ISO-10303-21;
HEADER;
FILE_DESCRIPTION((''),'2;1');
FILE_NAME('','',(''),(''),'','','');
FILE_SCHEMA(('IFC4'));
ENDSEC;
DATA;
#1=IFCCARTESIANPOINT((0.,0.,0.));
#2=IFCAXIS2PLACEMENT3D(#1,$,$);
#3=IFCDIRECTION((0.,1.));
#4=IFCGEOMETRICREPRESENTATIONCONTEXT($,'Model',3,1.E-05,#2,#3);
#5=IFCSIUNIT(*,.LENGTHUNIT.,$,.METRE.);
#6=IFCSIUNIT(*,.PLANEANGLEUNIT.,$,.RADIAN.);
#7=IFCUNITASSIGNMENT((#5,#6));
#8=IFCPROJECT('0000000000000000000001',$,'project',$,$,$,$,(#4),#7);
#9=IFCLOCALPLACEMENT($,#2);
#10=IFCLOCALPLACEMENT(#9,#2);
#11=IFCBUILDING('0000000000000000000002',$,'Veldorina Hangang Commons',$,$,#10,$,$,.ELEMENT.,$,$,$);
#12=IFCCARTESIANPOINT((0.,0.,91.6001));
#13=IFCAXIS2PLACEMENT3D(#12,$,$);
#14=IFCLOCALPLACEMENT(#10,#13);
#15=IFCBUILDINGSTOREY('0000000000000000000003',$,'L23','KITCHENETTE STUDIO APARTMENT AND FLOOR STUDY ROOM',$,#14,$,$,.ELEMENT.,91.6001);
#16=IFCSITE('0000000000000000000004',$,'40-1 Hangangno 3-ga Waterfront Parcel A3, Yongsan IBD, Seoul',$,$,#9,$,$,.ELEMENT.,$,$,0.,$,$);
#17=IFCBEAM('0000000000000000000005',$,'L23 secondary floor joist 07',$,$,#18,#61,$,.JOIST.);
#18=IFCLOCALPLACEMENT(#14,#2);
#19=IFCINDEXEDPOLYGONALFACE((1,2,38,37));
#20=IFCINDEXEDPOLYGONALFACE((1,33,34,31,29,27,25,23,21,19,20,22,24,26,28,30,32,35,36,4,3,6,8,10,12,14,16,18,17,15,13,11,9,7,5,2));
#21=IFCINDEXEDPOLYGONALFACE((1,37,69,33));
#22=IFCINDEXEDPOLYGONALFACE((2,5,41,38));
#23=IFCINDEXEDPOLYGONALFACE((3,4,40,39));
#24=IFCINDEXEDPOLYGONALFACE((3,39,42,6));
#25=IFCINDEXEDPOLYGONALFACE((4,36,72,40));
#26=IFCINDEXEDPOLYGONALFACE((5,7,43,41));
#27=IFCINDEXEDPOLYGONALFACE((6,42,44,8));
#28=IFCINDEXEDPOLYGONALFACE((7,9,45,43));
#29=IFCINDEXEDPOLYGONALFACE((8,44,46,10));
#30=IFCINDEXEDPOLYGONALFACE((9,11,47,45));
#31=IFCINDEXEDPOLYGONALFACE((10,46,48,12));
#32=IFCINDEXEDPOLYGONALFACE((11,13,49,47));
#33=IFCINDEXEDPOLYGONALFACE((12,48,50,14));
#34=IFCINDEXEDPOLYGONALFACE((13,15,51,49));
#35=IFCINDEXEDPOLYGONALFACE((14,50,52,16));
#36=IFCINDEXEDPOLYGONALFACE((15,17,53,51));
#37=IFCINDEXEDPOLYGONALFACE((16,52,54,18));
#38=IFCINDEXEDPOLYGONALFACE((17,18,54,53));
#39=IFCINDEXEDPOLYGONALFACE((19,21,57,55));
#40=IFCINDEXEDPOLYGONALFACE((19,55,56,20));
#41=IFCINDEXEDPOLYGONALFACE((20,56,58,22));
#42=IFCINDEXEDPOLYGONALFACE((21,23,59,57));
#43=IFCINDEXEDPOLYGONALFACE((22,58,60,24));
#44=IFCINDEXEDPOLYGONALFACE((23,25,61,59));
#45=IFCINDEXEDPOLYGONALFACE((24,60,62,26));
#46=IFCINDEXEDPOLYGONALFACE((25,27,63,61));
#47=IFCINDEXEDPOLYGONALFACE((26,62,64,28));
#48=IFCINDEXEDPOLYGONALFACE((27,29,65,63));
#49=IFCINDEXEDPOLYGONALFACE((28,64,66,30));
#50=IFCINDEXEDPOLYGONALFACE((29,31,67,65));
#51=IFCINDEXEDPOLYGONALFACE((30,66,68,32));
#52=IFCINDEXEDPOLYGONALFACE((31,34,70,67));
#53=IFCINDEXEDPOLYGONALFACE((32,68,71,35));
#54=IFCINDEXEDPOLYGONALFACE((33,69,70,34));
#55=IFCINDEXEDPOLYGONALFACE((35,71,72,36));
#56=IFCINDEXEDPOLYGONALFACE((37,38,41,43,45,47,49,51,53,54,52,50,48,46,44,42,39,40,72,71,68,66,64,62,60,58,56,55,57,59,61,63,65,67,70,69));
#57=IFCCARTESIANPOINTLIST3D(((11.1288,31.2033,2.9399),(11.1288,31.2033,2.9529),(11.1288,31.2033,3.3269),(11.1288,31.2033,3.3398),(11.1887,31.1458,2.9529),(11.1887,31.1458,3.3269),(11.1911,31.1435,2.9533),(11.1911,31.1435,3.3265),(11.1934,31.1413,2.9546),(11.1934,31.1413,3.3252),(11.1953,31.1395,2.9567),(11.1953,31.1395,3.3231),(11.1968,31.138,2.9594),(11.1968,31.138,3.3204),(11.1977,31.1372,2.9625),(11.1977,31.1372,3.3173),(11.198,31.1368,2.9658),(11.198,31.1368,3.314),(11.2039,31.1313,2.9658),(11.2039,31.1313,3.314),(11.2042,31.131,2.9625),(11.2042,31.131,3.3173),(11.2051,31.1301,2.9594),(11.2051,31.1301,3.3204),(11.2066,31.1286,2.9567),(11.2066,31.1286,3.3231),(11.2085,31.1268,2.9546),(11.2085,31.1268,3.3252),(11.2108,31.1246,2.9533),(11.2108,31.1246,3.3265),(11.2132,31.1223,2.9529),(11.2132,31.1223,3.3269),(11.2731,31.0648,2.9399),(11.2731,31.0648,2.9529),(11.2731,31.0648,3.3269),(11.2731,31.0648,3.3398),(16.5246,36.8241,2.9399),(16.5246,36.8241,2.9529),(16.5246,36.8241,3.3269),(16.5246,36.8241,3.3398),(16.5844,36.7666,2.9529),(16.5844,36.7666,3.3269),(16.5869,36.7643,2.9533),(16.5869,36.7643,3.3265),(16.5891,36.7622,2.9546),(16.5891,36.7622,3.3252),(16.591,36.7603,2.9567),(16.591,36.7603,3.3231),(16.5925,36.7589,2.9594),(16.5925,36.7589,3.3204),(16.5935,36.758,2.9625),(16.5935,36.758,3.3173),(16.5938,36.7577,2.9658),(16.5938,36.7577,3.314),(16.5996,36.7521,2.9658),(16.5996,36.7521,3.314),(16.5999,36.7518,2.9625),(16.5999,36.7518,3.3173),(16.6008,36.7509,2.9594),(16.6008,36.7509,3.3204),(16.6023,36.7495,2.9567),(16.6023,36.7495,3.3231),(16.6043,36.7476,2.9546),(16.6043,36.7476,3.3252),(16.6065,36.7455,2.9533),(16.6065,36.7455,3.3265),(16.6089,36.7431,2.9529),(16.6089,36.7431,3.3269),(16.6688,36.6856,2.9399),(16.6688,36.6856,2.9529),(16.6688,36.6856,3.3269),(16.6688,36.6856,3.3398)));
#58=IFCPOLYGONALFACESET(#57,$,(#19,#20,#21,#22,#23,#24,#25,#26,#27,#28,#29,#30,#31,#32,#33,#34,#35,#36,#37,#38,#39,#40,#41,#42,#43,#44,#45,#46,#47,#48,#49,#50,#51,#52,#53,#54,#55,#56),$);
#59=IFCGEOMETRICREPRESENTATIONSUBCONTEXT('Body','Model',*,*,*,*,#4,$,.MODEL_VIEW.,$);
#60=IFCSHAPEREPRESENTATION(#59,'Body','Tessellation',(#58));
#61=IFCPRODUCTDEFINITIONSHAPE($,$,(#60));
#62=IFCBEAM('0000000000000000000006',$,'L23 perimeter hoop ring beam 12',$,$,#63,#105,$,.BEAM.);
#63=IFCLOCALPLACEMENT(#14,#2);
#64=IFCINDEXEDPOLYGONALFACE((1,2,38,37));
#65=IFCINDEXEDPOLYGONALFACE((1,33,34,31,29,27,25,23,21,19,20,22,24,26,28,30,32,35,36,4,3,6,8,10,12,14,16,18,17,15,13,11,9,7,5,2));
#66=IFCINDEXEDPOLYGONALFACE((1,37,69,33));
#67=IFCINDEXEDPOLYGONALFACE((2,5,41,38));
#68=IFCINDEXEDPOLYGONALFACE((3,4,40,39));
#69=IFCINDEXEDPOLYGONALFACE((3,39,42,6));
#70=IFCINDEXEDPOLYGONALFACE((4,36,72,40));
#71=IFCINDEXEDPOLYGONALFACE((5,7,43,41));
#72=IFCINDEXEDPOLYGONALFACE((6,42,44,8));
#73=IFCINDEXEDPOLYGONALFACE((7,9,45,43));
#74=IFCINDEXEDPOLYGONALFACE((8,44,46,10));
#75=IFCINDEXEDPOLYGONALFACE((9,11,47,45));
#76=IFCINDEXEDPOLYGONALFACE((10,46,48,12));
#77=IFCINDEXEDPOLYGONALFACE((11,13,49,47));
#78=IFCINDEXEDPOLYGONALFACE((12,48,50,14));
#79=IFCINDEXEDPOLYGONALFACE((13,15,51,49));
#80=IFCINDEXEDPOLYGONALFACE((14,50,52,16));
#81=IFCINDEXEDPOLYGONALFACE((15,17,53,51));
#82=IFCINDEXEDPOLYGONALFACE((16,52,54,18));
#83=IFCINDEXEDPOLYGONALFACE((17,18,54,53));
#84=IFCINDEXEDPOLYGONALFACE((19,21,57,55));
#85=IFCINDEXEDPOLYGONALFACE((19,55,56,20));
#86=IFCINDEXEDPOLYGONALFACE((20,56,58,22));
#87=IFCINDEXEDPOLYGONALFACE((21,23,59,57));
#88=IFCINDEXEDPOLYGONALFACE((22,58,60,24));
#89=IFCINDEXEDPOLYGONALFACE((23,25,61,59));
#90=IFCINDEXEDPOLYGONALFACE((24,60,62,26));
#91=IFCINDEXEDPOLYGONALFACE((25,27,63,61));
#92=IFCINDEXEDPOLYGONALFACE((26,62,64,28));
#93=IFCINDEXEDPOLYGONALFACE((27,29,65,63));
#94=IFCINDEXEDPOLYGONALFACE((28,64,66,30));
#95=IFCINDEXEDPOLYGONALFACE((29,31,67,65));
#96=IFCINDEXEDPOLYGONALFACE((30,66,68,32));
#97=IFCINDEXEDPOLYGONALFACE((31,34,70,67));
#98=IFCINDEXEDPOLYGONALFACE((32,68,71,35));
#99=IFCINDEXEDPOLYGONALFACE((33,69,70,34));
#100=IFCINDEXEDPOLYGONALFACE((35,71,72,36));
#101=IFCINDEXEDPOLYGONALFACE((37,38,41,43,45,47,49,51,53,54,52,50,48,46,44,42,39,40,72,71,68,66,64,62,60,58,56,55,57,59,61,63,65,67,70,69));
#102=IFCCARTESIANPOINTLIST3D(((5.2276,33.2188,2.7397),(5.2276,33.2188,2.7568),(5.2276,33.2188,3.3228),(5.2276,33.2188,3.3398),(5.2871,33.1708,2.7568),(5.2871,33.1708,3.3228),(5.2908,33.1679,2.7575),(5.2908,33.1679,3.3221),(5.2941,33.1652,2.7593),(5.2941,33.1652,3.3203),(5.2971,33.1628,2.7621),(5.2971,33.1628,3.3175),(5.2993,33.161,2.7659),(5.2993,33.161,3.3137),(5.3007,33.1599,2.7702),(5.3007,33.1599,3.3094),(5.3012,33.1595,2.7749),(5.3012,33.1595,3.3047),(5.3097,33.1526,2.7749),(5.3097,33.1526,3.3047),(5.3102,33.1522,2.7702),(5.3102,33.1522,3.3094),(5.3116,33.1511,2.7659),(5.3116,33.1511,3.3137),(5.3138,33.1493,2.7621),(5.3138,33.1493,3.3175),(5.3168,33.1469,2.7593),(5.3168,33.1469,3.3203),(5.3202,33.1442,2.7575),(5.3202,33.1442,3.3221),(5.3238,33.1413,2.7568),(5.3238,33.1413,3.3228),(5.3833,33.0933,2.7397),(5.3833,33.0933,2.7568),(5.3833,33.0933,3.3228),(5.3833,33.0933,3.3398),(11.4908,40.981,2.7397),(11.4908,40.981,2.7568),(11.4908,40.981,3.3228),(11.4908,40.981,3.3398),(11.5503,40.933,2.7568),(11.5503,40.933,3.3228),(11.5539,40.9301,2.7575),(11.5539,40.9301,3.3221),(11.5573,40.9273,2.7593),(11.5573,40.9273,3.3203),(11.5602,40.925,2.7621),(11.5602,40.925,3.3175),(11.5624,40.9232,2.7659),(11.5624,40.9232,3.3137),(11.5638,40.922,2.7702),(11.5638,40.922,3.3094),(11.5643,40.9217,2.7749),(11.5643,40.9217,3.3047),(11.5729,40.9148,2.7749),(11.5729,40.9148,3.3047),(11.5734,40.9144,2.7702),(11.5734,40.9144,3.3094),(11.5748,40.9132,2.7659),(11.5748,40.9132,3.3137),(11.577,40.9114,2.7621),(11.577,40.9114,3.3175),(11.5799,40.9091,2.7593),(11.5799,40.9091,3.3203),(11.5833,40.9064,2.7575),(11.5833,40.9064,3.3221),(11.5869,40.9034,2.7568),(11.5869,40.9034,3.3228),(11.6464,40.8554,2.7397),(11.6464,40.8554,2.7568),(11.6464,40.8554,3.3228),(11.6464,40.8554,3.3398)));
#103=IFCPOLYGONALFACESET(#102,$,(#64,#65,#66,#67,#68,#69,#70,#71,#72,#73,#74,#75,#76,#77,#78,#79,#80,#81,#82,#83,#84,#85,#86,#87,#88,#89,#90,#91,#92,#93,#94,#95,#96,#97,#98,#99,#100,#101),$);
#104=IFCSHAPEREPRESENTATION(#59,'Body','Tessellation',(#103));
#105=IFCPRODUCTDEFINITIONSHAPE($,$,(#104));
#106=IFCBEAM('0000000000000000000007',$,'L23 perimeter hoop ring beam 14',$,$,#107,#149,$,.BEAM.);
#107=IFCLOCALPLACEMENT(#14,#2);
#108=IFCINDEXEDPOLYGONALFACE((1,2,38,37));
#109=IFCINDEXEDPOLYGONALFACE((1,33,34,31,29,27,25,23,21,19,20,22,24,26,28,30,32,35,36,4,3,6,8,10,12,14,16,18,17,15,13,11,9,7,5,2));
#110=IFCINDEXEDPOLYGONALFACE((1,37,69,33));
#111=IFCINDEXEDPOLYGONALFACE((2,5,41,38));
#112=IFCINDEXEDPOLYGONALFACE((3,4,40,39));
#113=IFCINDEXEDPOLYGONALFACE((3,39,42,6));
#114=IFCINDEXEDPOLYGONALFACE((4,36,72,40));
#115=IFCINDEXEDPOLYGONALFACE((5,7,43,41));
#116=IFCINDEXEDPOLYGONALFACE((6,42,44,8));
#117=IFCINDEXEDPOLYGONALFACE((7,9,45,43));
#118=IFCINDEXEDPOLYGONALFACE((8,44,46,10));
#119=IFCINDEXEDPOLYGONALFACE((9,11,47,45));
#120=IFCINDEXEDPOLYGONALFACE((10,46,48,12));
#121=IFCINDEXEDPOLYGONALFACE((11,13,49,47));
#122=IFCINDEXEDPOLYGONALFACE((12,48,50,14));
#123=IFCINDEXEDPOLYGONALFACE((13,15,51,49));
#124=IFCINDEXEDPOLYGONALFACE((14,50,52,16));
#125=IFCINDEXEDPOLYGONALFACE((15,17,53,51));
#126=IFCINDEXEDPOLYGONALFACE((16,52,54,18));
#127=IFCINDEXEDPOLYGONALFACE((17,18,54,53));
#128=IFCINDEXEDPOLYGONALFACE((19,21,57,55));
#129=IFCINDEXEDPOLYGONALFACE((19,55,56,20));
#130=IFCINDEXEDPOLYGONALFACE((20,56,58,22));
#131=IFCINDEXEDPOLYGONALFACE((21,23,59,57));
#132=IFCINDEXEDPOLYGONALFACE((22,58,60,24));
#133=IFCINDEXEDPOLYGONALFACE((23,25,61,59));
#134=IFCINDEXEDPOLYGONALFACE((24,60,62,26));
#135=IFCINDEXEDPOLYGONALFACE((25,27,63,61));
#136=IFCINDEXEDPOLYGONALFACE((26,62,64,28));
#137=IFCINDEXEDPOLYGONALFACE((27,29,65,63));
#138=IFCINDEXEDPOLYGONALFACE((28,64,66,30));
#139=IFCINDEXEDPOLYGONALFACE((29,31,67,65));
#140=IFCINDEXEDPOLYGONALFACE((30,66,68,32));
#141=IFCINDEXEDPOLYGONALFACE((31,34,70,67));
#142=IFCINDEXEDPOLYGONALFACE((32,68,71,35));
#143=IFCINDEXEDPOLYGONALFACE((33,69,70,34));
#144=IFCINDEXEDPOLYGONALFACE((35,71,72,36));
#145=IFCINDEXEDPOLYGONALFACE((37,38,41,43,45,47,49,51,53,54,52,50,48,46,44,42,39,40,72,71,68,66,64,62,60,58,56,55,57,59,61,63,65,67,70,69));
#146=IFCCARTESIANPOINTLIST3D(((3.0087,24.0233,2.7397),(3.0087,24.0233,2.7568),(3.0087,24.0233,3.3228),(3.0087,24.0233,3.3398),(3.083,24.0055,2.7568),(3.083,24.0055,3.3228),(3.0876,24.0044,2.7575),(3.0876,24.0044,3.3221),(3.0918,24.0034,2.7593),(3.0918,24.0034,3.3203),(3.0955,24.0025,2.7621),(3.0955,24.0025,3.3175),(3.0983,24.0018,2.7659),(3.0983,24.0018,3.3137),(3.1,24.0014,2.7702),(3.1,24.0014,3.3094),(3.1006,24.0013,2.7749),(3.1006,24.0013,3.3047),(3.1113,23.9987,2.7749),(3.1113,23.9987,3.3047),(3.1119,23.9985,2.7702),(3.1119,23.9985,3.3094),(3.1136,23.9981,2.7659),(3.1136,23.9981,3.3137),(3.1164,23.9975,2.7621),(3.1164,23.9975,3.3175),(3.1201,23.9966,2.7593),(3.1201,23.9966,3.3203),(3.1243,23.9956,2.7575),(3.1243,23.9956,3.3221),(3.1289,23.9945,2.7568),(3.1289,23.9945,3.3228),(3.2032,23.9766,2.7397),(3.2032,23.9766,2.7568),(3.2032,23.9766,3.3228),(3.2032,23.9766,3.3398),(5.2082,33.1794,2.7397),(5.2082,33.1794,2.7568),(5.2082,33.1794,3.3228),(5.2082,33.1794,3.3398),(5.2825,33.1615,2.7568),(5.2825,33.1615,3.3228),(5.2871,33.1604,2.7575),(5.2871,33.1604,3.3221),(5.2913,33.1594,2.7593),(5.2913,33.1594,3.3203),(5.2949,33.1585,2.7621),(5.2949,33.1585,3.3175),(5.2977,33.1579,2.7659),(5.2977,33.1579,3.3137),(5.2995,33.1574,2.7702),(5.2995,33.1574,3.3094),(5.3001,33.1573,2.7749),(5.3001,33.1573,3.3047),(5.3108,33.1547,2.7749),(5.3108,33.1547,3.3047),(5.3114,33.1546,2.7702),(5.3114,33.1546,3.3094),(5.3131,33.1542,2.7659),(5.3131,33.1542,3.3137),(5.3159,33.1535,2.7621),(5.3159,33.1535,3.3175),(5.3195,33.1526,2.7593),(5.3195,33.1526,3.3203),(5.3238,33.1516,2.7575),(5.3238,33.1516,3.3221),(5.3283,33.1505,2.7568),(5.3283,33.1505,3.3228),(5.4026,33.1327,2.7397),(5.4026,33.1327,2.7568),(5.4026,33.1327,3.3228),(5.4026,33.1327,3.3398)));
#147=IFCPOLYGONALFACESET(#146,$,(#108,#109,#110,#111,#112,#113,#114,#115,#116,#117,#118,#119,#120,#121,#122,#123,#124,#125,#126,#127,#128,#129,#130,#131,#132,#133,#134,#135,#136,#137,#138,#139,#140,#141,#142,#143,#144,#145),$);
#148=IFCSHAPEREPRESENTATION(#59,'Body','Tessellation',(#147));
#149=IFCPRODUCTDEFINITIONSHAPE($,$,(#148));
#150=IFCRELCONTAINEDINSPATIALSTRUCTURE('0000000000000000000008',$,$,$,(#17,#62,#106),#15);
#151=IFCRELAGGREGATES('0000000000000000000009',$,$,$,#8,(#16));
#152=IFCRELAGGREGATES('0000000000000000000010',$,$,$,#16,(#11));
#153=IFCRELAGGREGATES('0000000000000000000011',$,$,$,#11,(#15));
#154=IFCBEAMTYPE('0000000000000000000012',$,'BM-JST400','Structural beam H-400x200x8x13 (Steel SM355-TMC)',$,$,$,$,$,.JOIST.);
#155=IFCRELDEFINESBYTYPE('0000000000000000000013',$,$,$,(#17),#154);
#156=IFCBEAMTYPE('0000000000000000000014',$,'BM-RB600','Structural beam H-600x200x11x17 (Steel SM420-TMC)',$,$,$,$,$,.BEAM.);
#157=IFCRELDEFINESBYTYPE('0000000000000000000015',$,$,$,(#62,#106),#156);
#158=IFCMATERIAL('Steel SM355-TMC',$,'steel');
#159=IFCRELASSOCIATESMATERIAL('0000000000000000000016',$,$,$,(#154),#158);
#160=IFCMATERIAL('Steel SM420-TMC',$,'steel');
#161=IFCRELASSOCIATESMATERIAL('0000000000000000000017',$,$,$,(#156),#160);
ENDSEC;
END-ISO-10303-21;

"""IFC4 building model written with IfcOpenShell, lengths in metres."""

from ifc_helpers import new_model, si_unit, direction, frame, origin, origin_2d, place, context, subcontext, project, spatial, i_section, extrude, material, material_profile, profile_set, type_object, element, save


model = new_model("IFC4")

# Units and contexts
model_context = context("Model", 3, precision=1e-05, world=origin(), true_north=direction((0.0, 1.0)))
body_context = subcontext(model_context, "Body", "Model", "MODEL_VIEW")
ifc_project = project(units=[si_unit("LENGTHUNIT", "METRE"), si_unit("PLANEANGLEUNIT", "RADIAN")], contexts=[model_context])

# Site, building, storey
site_placement = place(None, origin())
site = spatial("IfcSite", under=ifc_project, at=site_placement, Name="40-1 Hangangno 3-ga Waterfront Parcel A3, Yongsan IBD, Seoul", CompositionType="ELEMENT", RefElevation=0.0)
building_placement = place(site_placement, origin())
building = spatial("IfcBuilding", under=site, at=building_placement, Name="Veldorina Hangang Commons", CompositionType="ELEMENT")
storey_placement = place(building_placement, frame((0.0, 0.0, 91.6001)))
storey = spatial("IfcBuildingStorey", under=building, at=storey_placement, Name="L23", Description="KITCHENETTE STUDIO APARTMENT AND FLOOR STUDY ROOM", CompositionType="ELEMENT", Elevation=91.6001)

# Beams
ifc_material_1 = material(Name="Steel SM355-TMC", Category="steel")
ifc_material_profile_1 = material_profile(ifc_material_1, i_section(OverallWidth=0.2, OverallDepth=0.3999, WebThickness=0.0081, FlangeThickness=0.0129, FilletRadius=0.0129, at=origin_2d()), Name="H-400x200x8x13")
ifc_profile_set_1 = profile_set([ifc_material_profile_1], Name="Steel SM355-TMC")
beam_type_1 = type_object("IfcBeamType", Name="BM-JST400", Description="Structural beam H-400x200x8x13 (Steel SM355-TMC)", PredefinedType="JOIST", material=ifc_profile_set_1)
beam_1_placement = place(storey_placement, frame((16.5967, 36.7549, 3.1399), z_axis=(-0.692514, -0.721404, 0.0), x_axis=(0.721404, -0.692514, 0.0)))
element("IfcBeam", 1, at=beam_1_placement, inside=storey, type_object=beam_type_1, Name="L23 secondary floor joist 07", PredefinedType="JOIST", context=body_context, shape_type="SweptSolid", body=[
    extrude(i_section(OverallWidth=0.2, OverallDepth=0.3999, WebThickness=0.0081, FlangeThickness=0.0129, FilletRadius=0.0129, at=origin_2d()), origin(), (0.0, 0.0, 1.0), 7.7915),
])
ifc_material_2 = material(Name="Steel SM420-TMC", Category="steel")
ifc_material_profile_2 = material_profile(ifc_material_2, i_section(OverallWidth=0.2, OverallDepth=0.6001, WebThickness=0.011, FlangeThickness=0.0171, FilletRadius=0.0181, at=origin_2d()), Name="H-600x200x11x17")
ifc_profile_set_2 = profile_set([ifc_material_profile_2], Name="Steel SM420-TMC")
beam_type_2 = type_object("IfcBeamType", Name="BM-RB600", Description="Structural beam H-600x200x11x17 (Steel SM420-TMC)", PredefinedType="BEAM", material=ifc_profile_set_2)
beam_2_placement = place(storey_placement, frame((11.5686, 40.9182, 3.0398), z_axis=(-0.627955, -0.778249, 0.0), x_axis=(0.778249, -0.627955, 0.0)))
element("IfcBeam", 2, at=beam_2_placement, inside=storey, type_object=beam_type_2, Name="L23 perimeter hoop ring beam 12", PredefinedType="BEAM", context=body_context, shape_type="SweptSolid", body=[
    extrude(i_section(OverallWidth=0.2, OverallDepth=0.6001, WebThickness=0.011, FlangeThickness=0.0171, FilletRadius=0.0181, at=origin_2d()), origin(), (0.0, 0.0, 1.0), 9.9739),
])
beam_3_placement = place(storey_placement, frame((5.3054, 33.156, 3.0398), z_axis=(-0.233576, -0.972339, 0.0), x_axis=(0.972339, -0.233576, 0.0)))
element("IfcBeam", 3, at=beam_3_placement, inside=storey, type_object=beam_type_2, Name="L23 perimeter hoop ring beam 14", PredefinedType="BEAM", context=body_context, shape_type="SweptSolid", body=[
    extrude(i_section(OverallWidth=0.2, OverallDepth=0.6001, WebThickness=0.011, FlangeThickness=0.0171, FilletRadius=0.0181, at=origin_2d()), origin(), (0.0, 0.0, 1.0), 9.4165),
])

save(model, "model.ifc")
